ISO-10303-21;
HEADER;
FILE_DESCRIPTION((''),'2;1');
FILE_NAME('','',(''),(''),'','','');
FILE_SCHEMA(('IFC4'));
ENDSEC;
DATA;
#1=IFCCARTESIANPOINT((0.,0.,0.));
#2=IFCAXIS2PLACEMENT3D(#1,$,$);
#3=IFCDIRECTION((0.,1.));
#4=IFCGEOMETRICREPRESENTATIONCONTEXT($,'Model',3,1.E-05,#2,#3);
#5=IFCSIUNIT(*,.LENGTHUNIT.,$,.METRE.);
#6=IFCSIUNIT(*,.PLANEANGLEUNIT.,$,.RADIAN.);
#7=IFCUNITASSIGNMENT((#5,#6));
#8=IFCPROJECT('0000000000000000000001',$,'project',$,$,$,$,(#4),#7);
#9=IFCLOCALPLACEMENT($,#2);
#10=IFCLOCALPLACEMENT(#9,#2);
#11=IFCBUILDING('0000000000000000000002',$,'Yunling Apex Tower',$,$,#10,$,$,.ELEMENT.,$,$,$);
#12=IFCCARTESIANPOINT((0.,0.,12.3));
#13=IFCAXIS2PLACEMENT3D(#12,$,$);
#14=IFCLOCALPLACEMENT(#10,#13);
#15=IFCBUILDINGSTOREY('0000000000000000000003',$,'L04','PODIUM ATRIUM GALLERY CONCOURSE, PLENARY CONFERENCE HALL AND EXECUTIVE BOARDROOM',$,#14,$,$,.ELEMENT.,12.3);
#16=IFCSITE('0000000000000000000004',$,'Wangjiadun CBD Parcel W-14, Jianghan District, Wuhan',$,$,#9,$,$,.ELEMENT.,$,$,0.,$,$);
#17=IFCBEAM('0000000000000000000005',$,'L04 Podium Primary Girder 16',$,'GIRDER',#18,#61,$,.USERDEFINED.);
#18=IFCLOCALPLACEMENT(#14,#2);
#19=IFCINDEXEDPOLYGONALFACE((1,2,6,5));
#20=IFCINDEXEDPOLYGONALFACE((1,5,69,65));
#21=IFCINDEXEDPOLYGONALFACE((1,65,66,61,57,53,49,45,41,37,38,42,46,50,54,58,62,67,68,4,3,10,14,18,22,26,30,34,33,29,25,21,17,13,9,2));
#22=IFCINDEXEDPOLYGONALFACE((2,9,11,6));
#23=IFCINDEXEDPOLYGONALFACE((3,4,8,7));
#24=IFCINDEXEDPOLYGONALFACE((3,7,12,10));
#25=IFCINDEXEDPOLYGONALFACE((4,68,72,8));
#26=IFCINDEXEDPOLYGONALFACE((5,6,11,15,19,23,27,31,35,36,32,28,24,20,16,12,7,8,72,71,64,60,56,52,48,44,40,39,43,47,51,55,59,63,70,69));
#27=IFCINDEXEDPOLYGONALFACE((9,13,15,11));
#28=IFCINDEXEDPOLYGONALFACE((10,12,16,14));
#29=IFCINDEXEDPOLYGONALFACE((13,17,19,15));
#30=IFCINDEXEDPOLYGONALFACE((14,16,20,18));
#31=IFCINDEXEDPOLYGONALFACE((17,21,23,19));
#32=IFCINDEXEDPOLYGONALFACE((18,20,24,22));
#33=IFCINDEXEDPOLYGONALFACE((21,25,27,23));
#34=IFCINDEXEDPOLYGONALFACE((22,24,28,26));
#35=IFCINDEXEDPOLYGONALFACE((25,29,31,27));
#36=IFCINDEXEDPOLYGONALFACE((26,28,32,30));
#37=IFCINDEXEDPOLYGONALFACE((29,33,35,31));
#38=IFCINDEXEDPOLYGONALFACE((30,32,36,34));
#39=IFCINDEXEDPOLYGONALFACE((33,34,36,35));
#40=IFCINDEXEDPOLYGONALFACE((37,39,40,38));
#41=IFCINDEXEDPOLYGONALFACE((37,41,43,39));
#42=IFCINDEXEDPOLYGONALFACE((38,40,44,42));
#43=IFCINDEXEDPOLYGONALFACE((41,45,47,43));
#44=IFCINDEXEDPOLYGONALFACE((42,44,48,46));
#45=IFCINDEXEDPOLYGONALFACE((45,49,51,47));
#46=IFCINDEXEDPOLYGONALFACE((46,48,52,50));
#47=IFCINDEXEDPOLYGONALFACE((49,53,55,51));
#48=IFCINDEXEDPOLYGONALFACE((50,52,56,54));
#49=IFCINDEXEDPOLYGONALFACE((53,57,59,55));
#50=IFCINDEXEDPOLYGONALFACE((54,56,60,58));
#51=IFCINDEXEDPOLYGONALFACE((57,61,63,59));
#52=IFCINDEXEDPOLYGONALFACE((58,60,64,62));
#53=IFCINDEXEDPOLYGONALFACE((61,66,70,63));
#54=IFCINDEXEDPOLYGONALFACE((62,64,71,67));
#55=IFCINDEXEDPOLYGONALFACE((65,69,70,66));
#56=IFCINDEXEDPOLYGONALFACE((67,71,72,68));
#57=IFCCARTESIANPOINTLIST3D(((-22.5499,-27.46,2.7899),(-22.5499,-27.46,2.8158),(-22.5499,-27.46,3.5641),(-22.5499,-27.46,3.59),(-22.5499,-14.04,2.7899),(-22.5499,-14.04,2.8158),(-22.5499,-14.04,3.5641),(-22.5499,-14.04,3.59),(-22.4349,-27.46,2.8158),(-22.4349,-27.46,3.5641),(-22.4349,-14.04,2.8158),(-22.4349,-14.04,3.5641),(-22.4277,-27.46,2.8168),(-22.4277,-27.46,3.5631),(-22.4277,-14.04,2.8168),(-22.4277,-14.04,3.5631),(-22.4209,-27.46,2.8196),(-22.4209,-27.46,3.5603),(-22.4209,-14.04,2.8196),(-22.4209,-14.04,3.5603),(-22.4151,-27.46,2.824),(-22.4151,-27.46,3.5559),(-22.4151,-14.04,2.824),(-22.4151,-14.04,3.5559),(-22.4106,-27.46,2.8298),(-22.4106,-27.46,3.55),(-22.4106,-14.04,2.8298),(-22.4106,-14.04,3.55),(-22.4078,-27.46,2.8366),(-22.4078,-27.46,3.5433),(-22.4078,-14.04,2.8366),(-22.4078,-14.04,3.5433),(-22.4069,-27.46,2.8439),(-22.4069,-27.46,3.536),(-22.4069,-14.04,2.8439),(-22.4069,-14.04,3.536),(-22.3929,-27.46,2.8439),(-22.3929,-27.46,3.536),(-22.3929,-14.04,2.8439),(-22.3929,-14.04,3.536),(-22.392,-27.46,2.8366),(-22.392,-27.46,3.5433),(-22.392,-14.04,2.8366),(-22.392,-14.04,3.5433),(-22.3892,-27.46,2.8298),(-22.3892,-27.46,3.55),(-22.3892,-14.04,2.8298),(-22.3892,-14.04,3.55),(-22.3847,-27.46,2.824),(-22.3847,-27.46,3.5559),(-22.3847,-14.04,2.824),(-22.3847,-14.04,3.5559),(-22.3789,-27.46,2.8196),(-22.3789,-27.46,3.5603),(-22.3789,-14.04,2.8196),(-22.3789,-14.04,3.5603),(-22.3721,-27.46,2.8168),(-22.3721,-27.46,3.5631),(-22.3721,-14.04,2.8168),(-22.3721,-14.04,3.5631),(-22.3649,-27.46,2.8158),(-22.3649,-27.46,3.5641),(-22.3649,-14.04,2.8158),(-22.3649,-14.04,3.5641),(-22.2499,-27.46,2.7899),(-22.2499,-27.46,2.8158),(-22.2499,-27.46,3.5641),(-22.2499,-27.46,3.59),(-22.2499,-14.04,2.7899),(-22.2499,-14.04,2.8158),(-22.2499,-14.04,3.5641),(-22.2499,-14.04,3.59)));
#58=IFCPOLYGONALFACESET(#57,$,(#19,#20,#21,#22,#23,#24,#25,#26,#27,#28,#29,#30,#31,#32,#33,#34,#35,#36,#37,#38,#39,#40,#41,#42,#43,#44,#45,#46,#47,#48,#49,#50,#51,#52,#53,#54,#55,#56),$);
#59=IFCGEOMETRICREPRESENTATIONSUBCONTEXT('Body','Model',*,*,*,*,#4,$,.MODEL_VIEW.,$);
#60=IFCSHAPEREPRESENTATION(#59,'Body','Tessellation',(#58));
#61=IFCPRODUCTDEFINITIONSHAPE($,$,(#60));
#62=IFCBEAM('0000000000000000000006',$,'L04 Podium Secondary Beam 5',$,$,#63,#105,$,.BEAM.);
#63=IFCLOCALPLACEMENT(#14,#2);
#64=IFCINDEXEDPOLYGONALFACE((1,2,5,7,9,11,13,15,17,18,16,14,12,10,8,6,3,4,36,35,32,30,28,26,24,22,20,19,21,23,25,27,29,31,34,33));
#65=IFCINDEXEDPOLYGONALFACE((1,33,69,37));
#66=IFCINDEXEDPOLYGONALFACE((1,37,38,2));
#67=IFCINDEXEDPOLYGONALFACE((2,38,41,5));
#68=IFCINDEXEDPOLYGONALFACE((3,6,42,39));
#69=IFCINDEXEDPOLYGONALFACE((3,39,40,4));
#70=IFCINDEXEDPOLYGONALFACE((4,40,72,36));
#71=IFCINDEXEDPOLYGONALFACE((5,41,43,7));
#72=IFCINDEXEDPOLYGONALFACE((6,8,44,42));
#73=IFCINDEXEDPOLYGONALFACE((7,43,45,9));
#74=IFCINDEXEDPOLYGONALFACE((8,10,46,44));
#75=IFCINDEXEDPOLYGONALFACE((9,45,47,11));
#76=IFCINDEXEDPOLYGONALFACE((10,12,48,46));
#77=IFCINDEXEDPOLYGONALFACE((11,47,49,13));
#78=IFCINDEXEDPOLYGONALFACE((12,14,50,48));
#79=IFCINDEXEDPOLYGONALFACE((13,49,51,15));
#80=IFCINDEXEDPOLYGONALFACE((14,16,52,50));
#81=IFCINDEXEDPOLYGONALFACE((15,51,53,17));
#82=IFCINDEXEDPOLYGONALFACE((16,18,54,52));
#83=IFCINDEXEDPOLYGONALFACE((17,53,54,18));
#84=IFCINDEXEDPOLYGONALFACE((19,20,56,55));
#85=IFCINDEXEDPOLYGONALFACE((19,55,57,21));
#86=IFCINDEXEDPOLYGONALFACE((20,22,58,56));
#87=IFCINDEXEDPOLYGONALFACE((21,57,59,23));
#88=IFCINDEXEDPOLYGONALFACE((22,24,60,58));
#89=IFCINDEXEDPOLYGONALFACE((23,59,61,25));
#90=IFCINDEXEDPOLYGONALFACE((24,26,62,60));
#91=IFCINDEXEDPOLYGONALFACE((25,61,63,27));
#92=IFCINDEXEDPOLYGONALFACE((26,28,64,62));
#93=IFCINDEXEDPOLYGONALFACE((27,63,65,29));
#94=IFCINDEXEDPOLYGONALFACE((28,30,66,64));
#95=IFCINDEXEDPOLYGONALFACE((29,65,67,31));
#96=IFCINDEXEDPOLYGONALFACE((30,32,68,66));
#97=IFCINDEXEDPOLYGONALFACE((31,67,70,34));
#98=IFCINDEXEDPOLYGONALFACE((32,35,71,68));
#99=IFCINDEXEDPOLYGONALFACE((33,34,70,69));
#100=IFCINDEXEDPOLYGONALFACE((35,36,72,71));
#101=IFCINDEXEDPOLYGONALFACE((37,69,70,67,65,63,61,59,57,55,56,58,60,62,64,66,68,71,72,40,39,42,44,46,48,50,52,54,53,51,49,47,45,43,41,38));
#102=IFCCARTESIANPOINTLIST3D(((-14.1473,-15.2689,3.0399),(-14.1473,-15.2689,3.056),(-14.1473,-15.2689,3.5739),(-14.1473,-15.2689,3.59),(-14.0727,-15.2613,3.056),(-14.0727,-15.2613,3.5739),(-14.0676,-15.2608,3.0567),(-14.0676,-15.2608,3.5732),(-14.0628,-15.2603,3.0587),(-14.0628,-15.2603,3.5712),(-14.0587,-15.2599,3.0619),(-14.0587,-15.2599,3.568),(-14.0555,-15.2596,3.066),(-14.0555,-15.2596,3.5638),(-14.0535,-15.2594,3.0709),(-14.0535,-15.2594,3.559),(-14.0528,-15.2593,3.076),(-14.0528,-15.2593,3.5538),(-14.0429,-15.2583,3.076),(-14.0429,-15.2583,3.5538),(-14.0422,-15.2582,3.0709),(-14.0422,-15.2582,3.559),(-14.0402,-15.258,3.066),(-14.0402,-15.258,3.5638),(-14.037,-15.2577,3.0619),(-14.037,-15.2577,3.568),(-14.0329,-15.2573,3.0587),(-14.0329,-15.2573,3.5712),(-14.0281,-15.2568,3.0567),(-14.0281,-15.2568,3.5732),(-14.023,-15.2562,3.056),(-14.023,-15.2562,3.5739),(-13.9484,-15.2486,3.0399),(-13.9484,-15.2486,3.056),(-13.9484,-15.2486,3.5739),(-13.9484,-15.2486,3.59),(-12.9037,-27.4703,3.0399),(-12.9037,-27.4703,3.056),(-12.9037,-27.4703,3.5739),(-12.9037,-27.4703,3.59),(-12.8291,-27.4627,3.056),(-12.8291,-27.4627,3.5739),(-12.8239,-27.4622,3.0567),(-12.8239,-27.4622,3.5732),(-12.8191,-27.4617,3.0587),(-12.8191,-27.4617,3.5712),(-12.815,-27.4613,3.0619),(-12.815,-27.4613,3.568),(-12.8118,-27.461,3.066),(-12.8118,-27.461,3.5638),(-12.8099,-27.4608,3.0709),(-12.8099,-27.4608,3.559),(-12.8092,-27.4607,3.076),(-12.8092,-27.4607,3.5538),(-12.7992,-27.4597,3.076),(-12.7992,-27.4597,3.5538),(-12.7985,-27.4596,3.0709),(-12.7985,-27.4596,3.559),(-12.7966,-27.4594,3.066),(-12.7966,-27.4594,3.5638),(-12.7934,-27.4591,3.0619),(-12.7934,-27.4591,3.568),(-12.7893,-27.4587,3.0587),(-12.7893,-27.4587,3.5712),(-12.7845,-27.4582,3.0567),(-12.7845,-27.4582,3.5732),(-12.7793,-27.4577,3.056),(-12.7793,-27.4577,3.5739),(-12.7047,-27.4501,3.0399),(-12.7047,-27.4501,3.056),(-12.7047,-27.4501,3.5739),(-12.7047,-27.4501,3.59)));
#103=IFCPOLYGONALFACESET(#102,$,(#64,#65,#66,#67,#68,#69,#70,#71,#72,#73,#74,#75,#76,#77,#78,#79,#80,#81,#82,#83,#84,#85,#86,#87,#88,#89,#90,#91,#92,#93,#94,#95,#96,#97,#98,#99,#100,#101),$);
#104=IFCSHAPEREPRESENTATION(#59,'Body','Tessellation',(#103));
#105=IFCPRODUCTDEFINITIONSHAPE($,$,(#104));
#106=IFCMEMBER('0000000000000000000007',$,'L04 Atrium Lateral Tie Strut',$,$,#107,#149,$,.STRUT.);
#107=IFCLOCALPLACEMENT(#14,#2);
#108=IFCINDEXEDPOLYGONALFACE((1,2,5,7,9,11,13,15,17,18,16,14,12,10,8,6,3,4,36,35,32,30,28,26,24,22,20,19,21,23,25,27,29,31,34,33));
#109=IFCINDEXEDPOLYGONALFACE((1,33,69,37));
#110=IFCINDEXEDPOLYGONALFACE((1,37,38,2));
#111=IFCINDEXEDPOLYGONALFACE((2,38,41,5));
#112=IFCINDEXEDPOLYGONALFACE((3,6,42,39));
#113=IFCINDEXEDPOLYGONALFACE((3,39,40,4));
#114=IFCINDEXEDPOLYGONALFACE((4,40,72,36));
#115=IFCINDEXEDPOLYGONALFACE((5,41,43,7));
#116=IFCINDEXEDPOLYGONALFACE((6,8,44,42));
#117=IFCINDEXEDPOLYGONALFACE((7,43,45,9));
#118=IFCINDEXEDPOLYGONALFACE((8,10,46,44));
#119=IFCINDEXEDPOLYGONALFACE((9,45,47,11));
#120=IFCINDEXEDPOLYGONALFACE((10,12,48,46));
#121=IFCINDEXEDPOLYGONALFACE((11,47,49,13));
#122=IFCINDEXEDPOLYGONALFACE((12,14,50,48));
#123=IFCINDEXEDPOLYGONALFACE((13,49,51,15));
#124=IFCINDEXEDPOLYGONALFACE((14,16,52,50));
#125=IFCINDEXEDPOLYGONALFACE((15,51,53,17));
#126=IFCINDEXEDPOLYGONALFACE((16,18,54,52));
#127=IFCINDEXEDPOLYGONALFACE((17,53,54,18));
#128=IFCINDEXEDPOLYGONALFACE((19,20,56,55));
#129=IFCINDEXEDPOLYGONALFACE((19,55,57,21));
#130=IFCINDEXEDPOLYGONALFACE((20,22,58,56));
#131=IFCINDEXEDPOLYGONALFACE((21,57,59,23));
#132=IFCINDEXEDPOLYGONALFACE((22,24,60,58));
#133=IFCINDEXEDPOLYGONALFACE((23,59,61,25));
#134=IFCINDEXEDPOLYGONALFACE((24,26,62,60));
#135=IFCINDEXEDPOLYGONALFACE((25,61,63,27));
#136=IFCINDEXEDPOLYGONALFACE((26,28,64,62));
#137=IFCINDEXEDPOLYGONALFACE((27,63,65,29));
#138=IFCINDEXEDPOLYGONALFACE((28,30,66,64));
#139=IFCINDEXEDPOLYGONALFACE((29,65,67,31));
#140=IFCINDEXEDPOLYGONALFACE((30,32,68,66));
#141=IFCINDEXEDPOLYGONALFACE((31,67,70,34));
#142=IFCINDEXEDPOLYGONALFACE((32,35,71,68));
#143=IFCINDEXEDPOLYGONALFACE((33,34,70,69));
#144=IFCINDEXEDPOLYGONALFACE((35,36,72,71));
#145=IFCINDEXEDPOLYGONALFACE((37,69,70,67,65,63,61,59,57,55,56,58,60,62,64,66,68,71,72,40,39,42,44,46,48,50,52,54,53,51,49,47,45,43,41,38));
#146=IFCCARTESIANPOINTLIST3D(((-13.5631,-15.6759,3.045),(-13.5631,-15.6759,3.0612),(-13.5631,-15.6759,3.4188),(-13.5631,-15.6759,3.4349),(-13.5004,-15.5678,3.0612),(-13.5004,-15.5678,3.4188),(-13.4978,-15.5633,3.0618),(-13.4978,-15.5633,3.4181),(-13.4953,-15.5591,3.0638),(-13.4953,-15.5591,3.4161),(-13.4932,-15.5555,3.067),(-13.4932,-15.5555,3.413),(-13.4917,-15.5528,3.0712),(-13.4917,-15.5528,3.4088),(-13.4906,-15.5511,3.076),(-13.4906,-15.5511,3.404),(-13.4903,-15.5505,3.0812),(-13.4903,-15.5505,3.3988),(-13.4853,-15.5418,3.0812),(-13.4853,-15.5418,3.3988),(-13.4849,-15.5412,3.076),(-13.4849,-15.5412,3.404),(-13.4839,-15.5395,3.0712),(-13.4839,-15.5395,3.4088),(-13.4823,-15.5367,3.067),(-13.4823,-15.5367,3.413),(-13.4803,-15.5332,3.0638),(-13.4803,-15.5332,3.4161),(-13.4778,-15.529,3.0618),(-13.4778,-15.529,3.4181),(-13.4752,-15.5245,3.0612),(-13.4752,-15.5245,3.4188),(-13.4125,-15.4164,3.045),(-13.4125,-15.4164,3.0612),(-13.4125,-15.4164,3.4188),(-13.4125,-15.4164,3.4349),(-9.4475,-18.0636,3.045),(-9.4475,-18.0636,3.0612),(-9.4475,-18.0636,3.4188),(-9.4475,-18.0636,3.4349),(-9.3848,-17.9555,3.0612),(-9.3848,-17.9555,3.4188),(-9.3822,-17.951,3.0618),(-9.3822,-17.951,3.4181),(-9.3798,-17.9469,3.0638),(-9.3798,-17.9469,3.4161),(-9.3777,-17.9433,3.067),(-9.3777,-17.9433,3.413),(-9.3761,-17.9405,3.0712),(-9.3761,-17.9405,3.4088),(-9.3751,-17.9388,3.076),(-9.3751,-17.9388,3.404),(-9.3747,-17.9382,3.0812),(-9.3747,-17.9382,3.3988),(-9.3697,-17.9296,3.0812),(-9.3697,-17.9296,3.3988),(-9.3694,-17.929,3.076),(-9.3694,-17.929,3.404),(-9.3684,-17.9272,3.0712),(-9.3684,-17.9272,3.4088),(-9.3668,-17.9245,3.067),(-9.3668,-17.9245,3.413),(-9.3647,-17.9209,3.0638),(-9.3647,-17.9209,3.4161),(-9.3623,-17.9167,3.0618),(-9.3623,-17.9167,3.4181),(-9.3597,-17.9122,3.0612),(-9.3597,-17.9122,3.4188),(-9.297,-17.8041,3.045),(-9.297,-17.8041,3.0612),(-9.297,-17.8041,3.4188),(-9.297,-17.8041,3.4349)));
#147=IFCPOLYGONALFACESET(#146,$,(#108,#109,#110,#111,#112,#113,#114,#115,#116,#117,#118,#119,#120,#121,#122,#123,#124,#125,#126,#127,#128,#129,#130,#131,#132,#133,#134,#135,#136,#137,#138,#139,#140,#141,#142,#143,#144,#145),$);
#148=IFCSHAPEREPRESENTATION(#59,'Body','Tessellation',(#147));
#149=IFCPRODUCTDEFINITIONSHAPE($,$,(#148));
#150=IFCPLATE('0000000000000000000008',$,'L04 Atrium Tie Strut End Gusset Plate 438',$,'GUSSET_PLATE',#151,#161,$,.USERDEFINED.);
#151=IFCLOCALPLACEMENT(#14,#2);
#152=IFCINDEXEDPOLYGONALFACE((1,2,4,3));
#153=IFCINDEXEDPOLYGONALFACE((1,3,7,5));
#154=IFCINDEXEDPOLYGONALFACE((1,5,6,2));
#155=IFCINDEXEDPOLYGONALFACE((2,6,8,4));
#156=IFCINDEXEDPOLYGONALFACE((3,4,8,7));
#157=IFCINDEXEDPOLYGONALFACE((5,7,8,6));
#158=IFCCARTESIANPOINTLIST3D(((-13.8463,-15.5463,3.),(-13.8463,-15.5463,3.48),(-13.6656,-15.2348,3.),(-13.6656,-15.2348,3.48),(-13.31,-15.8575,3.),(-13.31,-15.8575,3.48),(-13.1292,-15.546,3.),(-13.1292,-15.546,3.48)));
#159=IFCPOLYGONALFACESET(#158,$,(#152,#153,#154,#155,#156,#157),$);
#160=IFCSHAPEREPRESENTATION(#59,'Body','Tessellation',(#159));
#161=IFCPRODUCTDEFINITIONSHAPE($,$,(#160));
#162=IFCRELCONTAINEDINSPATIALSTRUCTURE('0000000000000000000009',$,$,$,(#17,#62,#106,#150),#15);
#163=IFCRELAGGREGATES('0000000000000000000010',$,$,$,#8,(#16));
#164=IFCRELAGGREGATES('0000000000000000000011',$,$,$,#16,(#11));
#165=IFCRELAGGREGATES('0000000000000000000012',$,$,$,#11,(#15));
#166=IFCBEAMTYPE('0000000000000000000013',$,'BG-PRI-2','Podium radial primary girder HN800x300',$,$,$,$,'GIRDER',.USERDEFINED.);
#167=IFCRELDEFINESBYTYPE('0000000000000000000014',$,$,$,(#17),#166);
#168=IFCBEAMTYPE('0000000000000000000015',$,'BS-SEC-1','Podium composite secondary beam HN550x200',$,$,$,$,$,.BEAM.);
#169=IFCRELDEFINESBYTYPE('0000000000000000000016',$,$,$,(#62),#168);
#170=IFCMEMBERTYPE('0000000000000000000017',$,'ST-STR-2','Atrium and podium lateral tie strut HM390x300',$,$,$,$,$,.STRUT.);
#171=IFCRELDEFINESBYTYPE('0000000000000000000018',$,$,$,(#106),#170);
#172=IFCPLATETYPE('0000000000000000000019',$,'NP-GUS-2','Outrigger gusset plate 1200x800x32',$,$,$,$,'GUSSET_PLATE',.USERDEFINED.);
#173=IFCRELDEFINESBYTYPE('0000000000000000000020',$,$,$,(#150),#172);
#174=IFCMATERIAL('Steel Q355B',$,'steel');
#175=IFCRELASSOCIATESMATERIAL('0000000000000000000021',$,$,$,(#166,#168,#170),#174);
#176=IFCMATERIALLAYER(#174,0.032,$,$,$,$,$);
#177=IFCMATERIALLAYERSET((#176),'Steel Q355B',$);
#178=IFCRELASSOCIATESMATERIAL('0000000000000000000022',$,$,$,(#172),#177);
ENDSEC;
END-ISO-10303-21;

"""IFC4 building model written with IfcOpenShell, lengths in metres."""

from ifc_helpers import new_model, si_unit, direction, frame, origin, origin_2d, place, context, subcontext, project, spatial, rectangle, i_section, extrude, source, transform, mapped, material, layer, layer_set, material_profile, profile_set, type_object, element, save


model = new_model("IFC4")

# Units and contexts
model_context = context("Model", 3, precision=1e-05, world=origin(), true_north=direction((0.0, 1.0)))
body_context = subcontext(model_context, "Body", "Model", "MODEL_VIEW")
ifc_project = project(units=[si_unit("LENGTHUNIT", "METRE"), si_unit("PLANEANGLEUNIT", "RADIAN")], contexts=[model_context])

# Site, building, storey
site_placement = place(None, origin())
site = spatial("IfcSite", under=ifc_project, at=site_placement, Name="Wangjiadun CBD Parcel W-14, Jianghan District, Wuhan", CompositionType="ELEMENT", RefElevation=0.0)
building_placement = place(site_placement, origin())
building = spatial("IfcBuilding", under=site, at=building_placement, Name="Yunling Apex Tower", CompositionType="ELEMENT")
storey_placement = place(building_placement, frame((0.0, 0.0, 12.3)))
storey = spatial("IfcBuildingStorey", under=building, at=storey_placement, Name="L04", Description="PODIUM ATRIUM GALLERY CONCOURSE, PLENARY CONFERENCE HALL AND EXECUTIVE BOARDROOM", CompositionType="ELEMENT", Elevation=12.3)

# Beams
ifc_material_1 = material(Name="Steel Q355B", Category="steel")
ifc_material_profile_1 = material_profile(ifc_material_1, i_section(OverallWidth=0.3, OverallDepth=0.8, WebThickness=0.0139, FlangeThickness=0.0259, FilletRadius=0.0281, at=origin_2d()))
ifc_profile_set_1 = profile_set([ifc_material_profile_1], Name="Steel Q355B")
beam_type_1 = type_object("IfcBeamType", Name="BG-PRI-2", Description="Podium radial primary girder HN800x300", ElementType="GIRDER", PredefinedType="USERDEFINED", material=ifc_profile_set_1)
shared_shape_1 = source(origin(), body_context, "Body", "SweptSolid", [
    extrude(i_section(OverallWidth=0.3, OverallDepth=0.8, WebThickness=0.0139, FlangeThickness=0.0259, FilletRadius=0.0281, at=origin_2d()), origin(), (0.0, 0.0, 1.0), 13.4199),
])
beam_1_placement = place(storey_placement, frame((-22.3999, -14.04, 3.1899), z_axis=(0.0, -1.0, 0.0), x_axis=(1.0, 0.0, 0.0)))
element("IfcBeam", 1, at=beam_1_placement, inside=storey, type_object=beam_type_1, Name="L04 Podium Primary Girder 16", ObjectType="GIRDER", PredefinedType="USERDEFINED", context=body_context, shape_type="MappedRepresentation", body=[
    mapped(shared_shape_1, transform((0.0, 0.0, 0.0), scale=1.0)),
])
ifc_material_profile_2 = material_profile(ifc_material_1, i_section(OverallWidth=0.2, OverallDepth=0.55, WebThickness=0.01, FlangeThickness=0.0161, FilletRadius=0.02, at=origin_2d()))
ifc_profile_set_2 = profile_set([ifc_material_profile_2], Name="Steel Q355B")
beam_type_2 = type_object("IfcBeamType", Name="BS-SEC-1", Description="Podium composite secondary beam HN550x200", PredefinedType="BEAM", material=ifc_profile_set_2)
shared_shape_2 = source(origin(), body_context, "Body", "SweptSolid", [
    extrude(i_section(OverallWidth=0.2, OverallDepth=0.55, WebThickness=0.01, FlangeThickness=0.0161, FilletRadius=0.02, at=origin_2d()), origin(), (0.0, 0.0, 1.0), 12.2646),
])
beam_2_placement = place(storey_placement, frame((-12.8042, -27.4602, 3.3149), z_axis=(-0.101402, 0.994846, 0.0), x_axis=(-0.994846, -0.101402, 0.0)))
element("IfcBeam", 2, at=beam_2_placement, inside=storey, type_object=beam_type_2, Name="L04 Podium Secondary Beam 5", PredefinedType="BEAM", context=body_context, shape_type="MappedRepresentation", body=[
    mapped(shared_shape_2, transform((0.0, 0.0, 0.0), scale=1.0)),
])

# Member
ifc_material_profile_3 = material_profile(ifc_material_1, i_section(OverallWidth=0.3, OverallDepth=0.3899, WebThickness=0.01, FlangeThickness=0.0161, FilletRadius=0.02, at=origin_2d()))
ifc_profile_set_3 = profile_set([ifc_material_profile_3], Name="Steel Q355B")
member_type = type_object("IfcMemberType", Name="ST-STR-2", Description="Atrium and podium lateral tie strut HM390x300", PredefinedType="STRUT", material=ifc_profile_set_3)
shared_shape_3 = source(origin(), body_context, "Body", "SweptSolid", [
    extrude(i_section(OverallWidth=0.3, OverallDepth=0.3899, WebThickness=0.01, FlangeThickness=0.0161, FilletRadius=0.02, at=origin_2d()), origin(), (0.0, 0.0, 1.0), 4.7581),
])
member_placement = place(storey_placement, frame((-13.4878, -15.5461, 3.24), z_axis=(0.864966, -0.501831, 0.0), x_axis=(0.501831, 0.864966, 0.0)))
element("IfcMember", 3, at=member_placement, inside=storey, type_object=member_type, Name="L04 Atrium Lateral Tie Strut", PredefinedType="STRUT", context=body_context, shape_type="MappedRepresentation", body=[
    mapped(shared_shape_3, transform((0.0, 0.0, 0.0), scale=1.0)),
])

# Plate
ifc_layer_1 = layer(ifc_material_1, 0.032)
ifc_layer_set_1 = layer_set([ifc_layer_1], Name="Steel Q355B")
plate_type = type_object("IfcPlateType", Name="NP-GUS-2", Description="Outrigger gusset plate 1200x800x32", ElementType="GUSSET_PLATE", PredefinedType="USERDEFINED", material=ifc_layer_set_1)
shared_shape_4 = source(origin(), body_context, "Body", "SweptSolid", [
    extrude(rectangle(XDim=0.6201, YDim=0.3601, at=origin_2d()), origin(), (0.0, 0.0, 1.0), 0.48),
])
plate_placement = place(storey_placement, frame((-13.4878, -15.5461, 3.0), z_axis=(0.0, 0.0, 1.0), x_axis=(0.864976, -0.501813, 0.0)))
element("IfcPlate", 4, at=plate_placement, inside=storey, type_object=plate_type, Name="L04 Atrium Tie Strut End Gusset Plate 438", ObjectType="GUSSET_PLATE", PredefinedType="USERDEFINED", context=body_context, shape_type="MappedRepresentation", body=[
    mapped(shared_shape_4, transform((0.0, 0.0, 0.0), scale=1.0)),
])

save(model, "model.ifc")
